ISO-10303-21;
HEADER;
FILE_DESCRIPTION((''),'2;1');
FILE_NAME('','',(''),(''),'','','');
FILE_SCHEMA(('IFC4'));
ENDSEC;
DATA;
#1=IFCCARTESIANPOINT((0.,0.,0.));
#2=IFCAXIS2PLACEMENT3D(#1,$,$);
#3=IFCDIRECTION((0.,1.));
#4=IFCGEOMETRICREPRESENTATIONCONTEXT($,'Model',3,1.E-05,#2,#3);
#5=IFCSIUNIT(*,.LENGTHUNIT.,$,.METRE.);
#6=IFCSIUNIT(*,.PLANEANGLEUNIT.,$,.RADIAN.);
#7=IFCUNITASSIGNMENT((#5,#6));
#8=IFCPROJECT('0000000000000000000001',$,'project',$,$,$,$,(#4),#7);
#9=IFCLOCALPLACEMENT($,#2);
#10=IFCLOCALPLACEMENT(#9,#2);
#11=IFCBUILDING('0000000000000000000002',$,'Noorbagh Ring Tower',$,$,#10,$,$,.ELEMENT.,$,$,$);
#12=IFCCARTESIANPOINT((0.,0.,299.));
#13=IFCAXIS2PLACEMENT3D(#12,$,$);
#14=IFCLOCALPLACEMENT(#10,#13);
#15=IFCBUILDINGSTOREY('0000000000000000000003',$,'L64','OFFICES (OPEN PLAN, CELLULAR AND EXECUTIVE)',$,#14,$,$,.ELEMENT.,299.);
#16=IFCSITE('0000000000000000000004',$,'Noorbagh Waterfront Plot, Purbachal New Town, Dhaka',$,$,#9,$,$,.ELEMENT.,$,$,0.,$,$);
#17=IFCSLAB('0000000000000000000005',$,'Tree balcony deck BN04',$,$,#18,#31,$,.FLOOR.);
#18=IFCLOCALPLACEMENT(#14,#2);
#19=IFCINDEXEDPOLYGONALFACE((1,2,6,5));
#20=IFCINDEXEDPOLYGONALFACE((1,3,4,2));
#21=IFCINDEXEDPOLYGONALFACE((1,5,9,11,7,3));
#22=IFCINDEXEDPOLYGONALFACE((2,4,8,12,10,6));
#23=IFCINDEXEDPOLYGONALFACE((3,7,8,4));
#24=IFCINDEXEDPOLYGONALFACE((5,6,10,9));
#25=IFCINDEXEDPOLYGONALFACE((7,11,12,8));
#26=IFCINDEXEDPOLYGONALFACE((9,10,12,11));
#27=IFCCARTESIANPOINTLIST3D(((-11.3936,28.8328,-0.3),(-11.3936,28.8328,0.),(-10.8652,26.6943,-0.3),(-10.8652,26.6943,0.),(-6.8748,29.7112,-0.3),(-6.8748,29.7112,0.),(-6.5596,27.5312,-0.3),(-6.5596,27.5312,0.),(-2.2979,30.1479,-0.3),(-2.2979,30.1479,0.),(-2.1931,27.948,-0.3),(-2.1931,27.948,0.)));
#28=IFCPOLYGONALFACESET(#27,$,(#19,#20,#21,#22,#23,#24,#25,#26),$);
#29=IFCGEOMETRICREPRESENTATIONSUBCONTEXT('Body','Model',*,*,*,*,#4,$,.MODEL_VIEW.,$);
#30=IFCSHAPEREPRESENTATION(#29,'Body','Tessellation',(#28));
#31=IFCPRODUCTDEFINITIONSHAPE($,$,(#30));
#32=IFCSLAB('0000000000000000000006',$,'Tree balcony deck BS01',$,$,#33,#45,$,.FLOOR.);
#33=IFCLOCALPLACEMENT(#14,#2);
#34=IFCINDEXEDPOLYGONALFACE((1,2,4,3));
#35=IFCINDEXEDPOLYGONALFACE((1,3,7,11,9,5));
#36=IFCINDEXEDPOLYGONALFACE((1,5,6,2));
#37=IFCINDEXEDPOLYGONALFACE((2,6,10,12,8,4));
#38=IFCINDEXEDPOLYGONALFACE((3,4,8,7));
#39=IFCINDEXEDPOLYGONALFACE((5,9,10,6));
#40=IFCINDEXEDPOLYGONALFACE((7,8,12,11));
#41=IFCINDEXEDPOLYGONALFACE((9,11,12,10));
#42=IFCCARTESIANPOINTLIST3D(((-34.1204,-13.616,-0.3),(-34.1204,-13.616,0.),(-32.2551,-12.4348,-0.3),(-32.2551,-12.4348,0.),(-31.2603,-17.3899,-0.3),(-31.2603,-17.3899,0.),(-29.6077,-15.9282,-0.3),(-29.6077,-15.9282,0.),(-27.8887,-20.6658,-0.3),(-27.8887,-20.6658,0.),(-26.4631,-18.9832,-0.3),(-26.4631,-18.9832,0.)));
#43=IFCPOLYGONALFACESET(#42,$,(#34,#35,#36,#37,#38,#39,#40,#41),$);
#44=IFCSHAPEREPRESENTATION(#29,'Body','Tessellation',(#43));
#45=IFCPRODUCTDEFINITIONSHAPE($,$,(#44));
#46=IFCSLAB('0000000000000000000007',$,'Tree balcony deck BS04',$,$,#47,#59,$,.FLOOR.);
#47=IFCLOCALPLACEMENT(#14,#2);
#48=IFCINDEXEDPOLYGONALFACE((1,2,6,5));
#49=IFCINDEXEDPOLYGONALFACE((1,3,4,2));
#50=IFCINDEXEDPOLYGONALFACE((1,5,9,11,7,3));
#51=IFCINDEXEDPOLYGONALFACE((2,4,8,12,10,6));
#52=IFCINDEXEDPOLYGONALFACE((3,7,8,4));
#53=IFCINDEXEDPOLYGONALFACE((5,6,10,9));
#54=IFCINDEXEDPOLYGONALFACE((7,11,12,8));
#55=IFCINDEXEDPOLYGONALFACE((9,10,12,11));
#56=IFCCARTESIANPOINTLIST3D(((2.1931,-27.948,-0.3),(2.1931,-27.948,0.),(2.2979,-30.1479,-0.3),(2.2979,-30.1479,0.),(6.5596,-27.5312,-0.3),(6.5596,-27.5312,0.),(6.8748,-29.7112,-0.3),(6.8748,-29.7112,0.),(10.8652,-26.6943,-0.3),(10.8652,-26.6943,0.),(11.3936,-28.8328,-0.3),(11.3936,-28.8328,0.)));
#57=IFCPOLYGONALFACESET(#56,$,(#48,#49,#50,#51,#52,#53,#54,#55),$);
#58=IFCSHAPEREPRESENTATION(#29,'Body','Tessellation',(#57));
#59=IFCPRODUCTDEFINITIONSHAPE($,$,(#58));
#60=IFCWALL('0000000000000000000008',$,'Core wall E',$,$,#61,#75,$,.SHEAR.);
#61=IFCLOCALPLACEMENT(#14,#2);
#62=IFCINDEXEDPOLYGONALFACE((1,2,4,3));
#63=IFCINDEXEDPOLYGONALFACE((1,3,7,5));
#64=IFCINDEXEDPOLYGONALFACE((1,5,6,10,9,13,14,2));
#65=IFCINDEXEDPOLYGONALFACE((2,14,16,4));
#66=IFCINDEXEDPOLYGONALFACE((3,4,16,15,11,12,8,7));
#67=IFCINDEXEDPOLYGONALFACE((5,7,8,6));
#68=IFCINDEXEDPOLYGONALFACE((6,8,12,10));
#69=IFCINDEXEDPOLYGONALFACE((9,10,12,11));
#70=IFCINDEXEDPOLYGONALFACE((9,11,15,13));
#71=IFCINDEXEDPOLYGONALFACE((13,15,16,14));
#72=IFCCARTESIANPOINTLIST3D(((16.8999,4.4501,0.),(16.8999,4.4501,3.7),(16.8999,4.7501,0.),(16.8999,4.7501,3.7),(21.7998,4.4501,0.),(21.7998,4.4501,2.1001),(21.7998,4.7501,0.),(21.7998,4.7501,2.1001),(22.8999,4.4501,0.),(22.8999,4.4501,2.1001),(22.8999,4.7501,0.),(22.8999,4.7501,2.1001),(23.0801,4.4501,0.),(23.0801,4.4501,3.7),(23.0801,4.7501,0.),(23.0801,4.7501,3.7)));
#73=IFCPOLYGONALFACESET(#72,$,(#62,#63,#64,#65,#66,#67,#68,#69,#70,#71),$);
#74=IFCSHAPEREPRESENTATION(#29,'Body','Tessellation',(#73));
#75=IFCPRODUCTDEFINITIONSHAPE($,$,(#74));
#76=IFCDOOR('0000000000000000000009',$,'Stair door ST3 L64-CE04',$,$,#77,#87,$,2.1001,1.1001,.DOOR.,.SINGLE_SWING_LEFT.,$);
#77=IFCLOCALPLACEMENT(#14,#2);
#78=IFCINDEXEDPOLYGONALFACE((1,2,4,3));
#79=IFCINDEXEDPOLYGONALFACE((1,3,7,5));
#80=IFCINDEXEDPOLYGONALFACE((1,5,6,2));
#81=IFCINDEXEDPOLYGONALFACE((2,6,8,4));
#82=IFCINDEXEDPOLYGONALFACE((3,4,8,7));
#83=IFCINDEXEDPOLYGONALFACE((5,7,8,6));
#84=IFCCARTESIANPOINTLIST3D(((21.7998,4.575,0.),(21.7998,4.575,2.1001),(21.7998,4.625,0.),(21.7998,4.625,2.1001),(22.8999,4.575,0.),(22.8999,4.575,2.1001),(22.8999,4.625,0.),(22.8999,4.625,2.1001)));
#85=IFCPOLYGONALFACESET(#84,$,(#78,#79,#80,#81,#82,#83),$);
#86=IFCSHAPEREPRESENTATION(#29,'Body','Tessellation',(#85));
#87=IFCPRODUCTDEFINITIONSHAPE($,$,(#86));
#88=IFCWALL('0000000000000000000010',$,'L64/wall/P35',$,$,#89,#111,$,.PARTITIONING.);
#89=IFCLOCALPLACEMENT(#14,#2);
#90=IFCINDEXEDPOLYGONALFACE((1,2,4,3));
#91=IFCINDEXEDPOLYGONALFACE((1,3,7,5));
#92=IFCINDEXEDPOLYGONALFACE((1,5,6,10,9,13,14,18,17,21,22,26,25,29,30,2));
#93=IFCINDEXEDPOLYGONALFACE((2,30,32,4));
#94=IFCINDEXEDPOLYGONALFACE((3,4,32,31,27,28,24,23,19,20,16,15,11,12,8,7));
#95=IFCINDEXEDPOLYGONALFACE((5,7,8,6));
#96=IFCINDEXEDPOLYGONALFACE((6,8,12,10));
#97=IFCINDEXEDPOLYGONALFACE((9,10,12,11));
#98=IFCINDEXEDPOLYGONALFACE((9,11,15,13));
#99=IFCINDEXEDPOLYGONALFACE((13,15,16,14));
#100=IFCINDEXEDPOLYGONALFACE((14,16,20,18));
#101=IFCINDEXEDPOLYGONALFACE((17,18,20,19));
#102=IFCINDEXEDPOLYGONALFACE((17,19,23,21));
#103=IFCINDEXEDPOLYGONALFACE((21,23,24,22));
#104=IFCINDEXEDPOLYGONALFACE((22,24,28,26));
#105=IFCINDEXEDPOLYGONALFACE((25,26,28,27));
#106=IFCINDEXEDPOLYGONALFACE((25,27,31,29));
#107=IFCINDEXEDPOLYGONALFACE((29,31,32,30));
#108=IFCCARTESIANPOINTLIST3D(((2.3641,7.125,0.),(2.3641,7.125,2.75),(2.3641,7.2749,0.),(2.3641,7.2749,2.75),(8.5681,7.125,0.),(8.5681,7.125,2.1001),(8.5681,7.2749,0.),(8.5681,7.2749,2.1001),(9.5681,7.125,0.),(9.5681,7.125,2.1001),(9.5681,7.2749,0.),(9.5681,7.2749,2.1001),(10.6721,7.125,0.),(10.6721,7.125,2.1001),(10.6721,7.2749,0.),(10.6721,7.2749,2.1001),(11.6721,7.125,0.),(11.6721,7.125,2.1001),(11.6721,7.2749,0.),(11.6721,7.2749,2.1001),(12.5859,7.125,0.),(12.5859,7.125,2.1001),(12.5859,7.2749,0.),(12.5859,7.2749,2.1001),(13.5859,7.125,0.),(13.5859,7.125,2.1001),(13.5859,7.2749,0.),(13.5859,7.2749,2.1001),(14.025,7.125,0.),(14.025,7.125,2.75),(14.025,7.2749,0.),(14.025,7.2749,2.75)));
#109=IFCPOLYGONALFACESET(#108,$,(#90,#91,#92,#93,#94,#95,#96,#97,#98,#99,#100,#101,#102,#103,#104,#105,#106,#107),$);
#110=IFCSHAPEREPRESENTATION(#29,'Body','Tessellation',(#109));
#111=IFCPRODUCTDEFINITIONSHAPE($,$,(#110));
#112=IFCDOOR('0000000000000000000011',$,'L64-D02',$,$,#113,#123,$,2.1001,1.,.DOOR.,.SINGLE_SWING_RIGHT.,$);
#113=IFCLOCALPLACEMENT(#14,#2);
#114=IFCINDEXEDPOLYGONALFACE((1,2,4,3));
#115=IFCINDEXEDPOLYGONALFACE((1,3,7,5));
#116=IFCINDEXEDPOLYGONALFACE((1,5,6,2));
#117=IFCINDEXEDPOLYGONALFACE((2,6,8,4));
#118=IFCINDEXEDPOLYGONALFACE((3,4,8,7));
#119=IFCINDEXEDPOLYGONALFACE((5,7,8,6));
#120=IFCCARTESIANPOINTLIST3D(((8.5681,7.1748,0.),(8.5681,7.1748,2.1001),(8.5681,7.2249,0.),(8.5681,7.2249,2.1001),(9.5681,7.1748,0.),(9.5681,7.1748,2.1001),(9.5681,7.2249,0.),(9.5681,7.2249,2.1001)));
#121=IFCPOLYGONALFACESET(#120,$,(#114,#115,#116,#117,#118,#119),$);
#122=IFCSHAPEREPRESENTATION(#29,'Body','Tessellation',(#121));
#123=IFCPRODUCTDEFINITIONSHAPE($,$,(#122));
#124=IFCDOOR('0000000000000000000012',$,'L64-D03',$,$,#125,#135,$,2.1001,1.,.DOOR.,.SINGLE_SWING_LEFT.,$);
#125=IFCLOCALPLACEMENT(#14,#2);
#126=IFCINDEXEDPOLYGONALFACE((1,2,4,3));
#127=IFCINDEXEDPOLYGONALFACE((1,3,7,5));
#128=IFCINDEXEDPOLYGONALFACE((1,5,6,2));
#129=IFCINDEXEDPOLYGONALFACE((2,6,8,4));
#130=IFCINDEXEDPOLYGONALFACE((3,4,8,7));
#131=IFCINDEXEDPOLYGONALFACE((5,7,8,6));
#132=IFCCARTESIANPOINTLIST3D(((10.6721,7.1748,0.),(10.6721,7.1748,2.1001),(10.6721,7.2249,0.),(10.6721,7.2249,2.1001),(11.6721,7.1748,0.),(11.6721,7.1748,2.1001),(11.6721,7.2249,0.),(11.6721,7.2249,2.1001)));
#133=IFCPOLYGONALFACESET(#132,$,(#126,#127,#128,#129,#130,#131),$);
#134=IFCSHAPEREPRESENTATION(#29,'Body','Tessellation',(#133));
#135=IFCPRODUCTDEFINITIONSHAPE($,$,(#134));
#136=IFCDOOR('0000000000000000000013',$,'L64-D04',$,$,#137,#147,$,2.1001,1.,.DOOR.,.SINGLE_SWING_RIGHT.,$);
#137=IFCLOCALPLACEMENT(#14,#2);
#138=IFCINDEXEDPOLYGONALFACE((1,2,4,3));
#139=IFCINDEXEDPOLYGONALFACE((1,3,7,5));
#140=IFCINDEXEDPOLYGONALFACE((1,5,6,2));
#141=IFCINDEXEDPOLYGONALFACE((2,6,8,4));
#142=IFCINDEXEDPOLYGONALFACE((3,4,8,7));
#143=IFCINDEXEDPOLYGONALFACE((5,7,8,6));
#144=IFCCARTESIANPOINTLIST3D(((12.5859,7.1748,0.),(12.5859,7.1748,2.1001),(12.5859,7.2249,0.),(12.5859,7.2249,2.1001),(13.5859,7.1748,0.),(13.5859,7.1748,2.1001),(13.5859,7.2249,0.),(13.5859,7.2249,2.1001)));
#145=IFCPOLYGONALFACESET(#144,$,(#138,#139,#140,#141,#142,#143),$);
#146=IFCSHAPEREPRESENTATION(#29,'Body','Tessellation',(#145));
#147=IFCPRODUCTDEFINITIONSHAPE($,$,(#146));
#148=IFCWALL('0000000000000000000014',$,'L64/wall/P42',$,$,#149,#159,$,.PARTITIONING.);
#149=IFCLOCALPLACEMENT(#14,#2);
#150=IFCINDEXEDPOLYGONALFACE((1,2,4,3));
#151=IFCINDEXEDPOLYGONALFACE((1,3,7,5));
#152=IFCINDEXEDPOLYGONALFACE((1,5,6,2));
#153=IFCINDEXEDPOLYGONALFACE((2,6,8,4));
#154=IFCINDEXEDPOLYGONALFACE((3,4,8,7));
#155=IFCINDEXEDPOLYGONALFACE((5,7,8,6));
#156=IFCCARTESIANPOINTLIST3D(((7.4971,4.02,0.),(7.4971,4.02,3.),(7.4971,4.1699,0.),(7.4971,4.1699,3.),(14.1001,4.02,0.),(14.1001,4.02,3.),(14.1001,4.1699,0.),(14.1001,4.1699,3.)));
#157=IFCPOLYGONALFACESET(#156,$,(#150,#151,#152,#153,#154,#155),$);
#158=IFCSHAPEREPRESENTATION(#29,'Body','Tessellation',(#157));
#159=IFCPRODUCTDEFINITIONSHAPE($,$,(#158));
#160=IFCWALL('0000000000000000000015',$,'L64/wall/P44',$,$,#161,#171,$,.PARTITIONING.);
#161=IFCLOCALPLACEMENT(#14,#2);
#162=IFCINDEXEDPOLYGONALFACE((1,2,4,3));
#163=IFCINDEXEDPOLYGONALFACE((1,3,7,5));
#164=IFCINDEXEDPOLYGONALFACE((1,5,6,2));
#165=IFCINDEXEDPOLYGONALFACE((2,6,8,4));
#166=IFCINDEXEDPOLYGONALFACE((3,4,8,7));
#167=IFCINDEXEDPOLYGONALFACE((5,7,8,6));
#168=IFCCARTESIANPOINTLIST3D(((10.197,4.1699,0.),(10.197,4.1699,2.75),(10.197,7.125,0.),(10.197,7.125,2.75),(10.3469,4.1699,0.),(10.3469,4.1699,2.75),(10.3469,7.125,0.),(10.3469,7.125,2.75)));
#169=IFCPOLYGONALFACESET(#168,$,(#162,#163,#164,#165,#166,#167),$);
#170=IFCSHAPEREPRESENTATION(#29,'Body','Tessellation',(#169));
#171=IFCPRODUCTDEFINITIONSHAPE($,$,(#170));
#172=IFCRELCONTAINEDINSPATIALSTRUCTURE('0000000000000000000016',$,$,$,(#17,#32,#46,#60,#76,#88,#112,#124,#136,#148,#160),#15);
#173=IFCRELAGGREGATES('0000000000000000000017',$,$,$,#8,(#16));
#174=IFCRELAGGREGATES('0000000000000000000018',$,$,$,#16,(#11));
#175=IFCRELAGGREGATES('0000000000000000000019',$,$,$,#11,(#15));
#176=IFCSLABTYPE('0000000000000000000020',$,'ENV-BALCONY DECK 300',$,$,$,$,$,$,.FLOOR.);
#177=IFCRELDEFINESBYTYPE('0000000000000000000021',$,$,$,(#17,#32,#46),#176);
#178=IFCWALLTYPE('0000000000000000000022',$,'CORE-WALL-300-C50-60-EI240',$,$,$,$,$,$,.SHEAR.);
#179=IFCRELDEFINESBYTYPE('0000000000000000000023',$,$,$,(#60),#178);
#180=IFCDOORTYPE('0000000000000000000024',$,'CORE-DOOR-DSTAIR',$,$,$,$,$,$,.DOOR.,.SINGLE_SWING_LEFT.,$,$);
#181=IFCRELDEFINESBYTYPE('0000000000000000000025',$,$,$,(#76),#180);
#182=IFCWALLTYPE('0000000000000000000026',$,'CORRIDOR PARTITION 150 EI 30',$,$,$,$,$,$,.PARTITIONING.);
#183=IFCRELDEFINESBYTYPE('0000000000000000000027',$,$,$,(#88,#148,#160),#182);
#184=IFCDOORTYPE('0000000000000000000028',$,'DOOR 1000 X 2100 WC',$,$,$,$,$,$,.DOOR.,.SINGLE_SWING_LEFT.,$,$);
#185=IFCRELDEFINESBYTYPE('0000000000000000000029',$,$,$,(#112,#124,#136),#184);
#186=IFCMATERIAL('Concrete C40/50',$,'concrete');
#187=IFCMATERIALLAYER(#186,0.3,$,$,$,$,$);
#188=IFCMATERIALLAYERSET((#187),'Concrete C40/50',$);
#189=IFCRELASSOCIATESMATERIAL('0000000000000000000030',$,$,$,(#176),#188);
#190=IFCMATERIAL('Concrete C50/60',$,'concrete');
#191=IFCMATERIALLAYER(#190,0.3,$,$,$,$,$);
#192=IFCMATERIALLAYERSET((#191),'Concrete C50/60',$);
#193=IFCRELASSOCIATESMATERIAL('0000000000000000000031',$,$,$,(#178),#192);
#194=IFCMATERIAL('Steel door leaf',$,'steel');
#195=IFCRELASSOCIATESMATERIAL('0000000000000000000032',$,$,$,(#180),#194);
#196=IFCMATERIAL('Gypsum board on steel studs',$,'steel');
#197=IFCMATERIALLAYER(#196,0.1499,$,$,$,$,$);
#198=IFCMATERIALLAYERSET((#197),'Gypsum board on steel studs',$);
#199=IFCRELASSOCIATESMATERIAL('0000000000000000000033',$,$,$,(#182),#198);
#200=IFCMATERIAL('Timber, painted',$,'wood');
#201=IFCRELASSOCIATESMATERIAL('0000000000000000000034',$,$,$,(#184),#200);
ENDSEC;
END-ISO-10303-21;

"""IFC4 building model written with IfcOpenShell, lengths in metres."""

from ifc_helpers import new_model, si_unit, direction, frame, frame_2d, origin, place, context, subcontext, project, spatial, polyline, rectangle, outline, extrude, material, layer, layer_set, type_object, element, fill, save


model = new_model("IFC4")

# Units and contexts
model_context = context("Model", 3, precision=1e-05, world=origin(), true_north=direction((0.0, 1.0)))
body_context = subcontext(model_context, "Body", "Model", "MODEL_VIEW")
ifc_project = project(units=[si_unit("LENGTHUNIT", "METRE"), si_unit("PLANEANGLEUNIT", "RADIAN")], contexts=[model_context])

# Site, building, storey
site_placement = place(None, origin())
site = spatial("IfcSite", under=ifc_project, at=site_placement, Name="Noorbagh Waterfront Plot, Purbachal New Town, Dhaka", CompositionType="ELEMENT", RefElevation=0.0)
building_placement = place(site_placement, origin())
building = spatial("IfcBuilding", under=site, at=building_placement, Name="Noorbagh Ring Tower", CompositionType="ELEMENT")
storey_placement = place(building_placement, frame((0.0, 0.0, 299.0)))
storey = spatial("IfcBuildingStorey", under=building, at=storey_placement, Name="L64", Description="OFFICES (OPEN PLAN, CELLULAR AND EXECUTIVE)", CompositionType="ELEMENT", Elevation=299.0)

# Slabs
ifc_material_1 = material(Name="Concrete C40/50", Category="concrete")
ifc_layer_1 = layer(ifc_material_1, 0.3)
ifc_layer_set_1 = layer_set([ifc_layer_1], Name="Concrete C40/50")
slab_type = type_object("IfcSlabType", Name="ENV-BALCONY DECK 300", PredefinedType="FLOOR", material=ifc_layer_set_1)
slab_1_placement = place(storey_placement, frame((0.0, 0.0, -0.3)))
element("IfcSlab", 1, at=slab_1_placement, inside=storey, type_object=slab_type, Name="Tree balcony deck BN04", PredefinedType="FLOOR", context=body_context, shape_type="SweptSolid", body=[
    extrude(outline(polyline([(-2.2979, 30.1479), (-6.8748, 29.7112), (-11.3936, 28.8328), (-10.8652, 26.6943), (-6.5596, 27.5312), (-2.1931, 27.948), (-2.2979, 30.1479)])), origin(), (0.0, 0.0, 1.0), 0.3),
])
slab_2_placement = place(storey_placement, frame((0.0, 0.0, -0.3)))
element("IfcSlab", 2, at=slab_2_placement, inside=storey, type_object=slab_type, Name="Tree balcony deck BS01", PredefinedType="FLOOR", context=body_context, shape_type="SweptSolid", body=[
    extrude(outline(polyline([(-34.1204, -13.616), (-31.2603, -17.3899), (-27.8887, -20.6658), (-26.4631, -18.9832), (-29.6077, -15.9282), (-32.2551, -12.4348), (-34.1204, -13.616)])), origin(), (0.0, 0.0, 1.0), 0.3),
])
slab_3_placement = place(storey_placement, frame((0.0, 0.0, -0.3)))
element("IfcSlab", 3, at=slab_3_placement, inside=storey, type_object=slab_type, Name="Tree balcony deck BS04", PredefinedType="FLOOR", context=body_context, shape_type="SweptSolid", body=[
    extrude(outline(polyline([(2.2979, -30.1479), (6.8748, -29.7112), (11.3936, -28.8328), (10.8652, -26.6943), (6.5596, -27.5312), (2.1931, -27.948), (2.2979, -30.1479)])), origin(), (0.0, 0.0, 1.0), 0.3),
])

# Wall, opening, door
ifc_material_2 = material(Name="Concrete C50/60", Category="concrete")
ifc_layer_2 = layer(ifc_material_2, 0.3)
ifc_layer_set_2 = layer_set([ifc_layer_2], Name="Concrete C50/60")
wall_type_1 = type_object("IfcWallType", Name="CORE-WALL-300-C50-60-EI240", PredefinedType="SHEAR", material=ifc_layer_set_2)
wall_1_placement = place(storey_placement, frame((16.8999, 4.6001, 0.0), z_axis=(0.0, 0.0, 1.0), x_axis=(1.0, 0.0, 0.0)))
wall_1 = element("IfcWall", 4, at=wall_1_placement, inside=storey, type_object=wall_type_1, Name="Core wall E", PredefinedType="SHEAR", context=body_context, shape_type="SweptSolid", body=[
    extrude(rectangle(XDim=6.1802, YDim=0.3, at=frame_2d((3.0901, 0.0))), origin(), (0.0, 0.0, 1.0), 3.7),
])
opening_1_placement = place(wall_1_placement, frame((4.8999, 0.0, 0.0)))
opening_1 = element("IfcOpeningElement", 5, at=opening_1_placement, cuts=wall_1, PredefinedType="OPENING", context=body_context, shape_type="SweptSolid", body=[
    extrude(rectangle(XDim=1.1001, YDim=2.1001, at=frame_2d((0.55, 1.05))), frame((0.0, 0.1602, 0.0), z_axis=(0.0, -1.0, 0.0), x_axis=(1.0, 0.0, 0.0)), (0.0, 0.0, 1.0), 0.3201),
])
ifc_material_3 = material(Name="Steel door leaf", Category="steel")
door_type_1 = type_object("IfcDoorType", Name="CORE-DOOR-DSTAIR", OperationType="SINGLE_SWING_LEFT", PredefinedType="DOOR", material=ifc_material_3)
door_1_placement = place(opening_1_placement, origin())
door_1 = element("IfcDoor", 6, at=door_1_placement, inside=storey, type_object=door_type_1, Name="Stair door ST3 L64-CE04", OperationType="SINGLE_SWING_LEFT", OverallHeight=2.1001, OverallWidth=1.1001, PredefinedType="DOOR", context=body_context, shape_type="SweptSolid", body=[
    extrude(rectangle(XDim=1.1001, YDim=2.1001, at=frame_2d((0.55, 1.05))), frame((0.0, 0.0249, 0.0), z_axis=(0.0, -1.0, 0.0), x_axis=(1.0, 0.0, 0.0)), (0.0, 0.0, 1.0), 0.05),
])
fill(opening_1, door_1)

# Wall, openings, doors
ifc_material_4 = material(Name="Gypsum board on steel studs", Category="steel")
ifc_layer_3 = layer(ifc_material_4, 0.1499)
ifc_layer_set_3 = layer_set([ifc_layer_3], Name="Gypsum board on steel studs")
wall_type_2 = type_object("IfcWallType", Name="CORRIDOR PARTITION 150 EI 30", PredefinedType="PARTITIONING", material=ifc_layer_set_3)
wall_2_placement = place(storey_placement, frame((2.364, 7.2, 0.0), z_axis=(0.0, 0.0, 1.0), x_axis=(1.0, 0.0, 0.0)))
wall_2 = element("IfcWall", 7, at=wall_2_placement, inside=storey, type_object=wall_type_2, Name="L64/wall/P35", PredefinedType="PARTITIONING", context=body_context, shape_type="SweptSolid", body=[
    extrude(rectangle(XDim=11.6609, YDim=0.1499, at=frame_2d((5.8306, 0.0))), origin(), (0.0, 0.0, 1.0), 2.75),
])
opening_2_placement = place(wall_2_placement, frame((6.2041, 0.0, 0.0)))
opening_2 = element("IfcOpeningElement", 8, at=opening_2_placement, cuts=wall_2, PredefinedType="OPENING", context=body_context, shape_type="SweptSolid", body=[
    extrude(rectangle(XDim=1.0, YDim=2.1001, at=frame_2d((0.5, 1.05))), frame((0.0, 0.085, 0.0), z_axis=(0.0, -1.0, 0.0), x_axis=(1.0, 0.0, 0.0)), (0.0, 0.0, 1.0), 0.1699),
])
opening_3_placement = place(wall_2_placement, frame((8.3081, 0.0, 0.0)))
opening_3 = element("IfcOpeningElement", 9, at=opening_3_placement, cuts=wall_2, PredefinedType="OPENING", context=body_context, shape_type="SweptSolid", body=[
    extrude(rectangle(XDim=1.0, YDim=2.1001, at=frame_2d((0.5, 1.05))), frame((0.0, 0.085, 0.0), z_axis=(0.0, -1.0, 0.0), x_axis=(1.0, 0.0, 0.0)), (0.0, 0.0, 1.0), 0.1699),
])
opening_4_placement = place(wall_2_placement, frame((10.2219, 0.0, 0.0)))
opening_4 = element("IfcOpeningElement", 10, at=opening_4_placement, cuts=wall_2, PredefinedType="OPENING", context=body_context, shape_type="SweptSolid", body=[
    extrude(rectangle(XDim=1.0, YDim=2.1001, at=frame_2d((0.5, 1.05))), frame((0.0, 0.085, 0.0), z_axis=(0.0, -1.0, 0.0), x_axis=(1.0, 0.0, 0.0)), (0.0, 0.0, 1.0), 0.1699),
])
ifc_material_5 = material(Name="Timber, painted", Category="wood")
door_type_2 = type_object("IfcDoorType", Name="DOOR 1000 X 2100 WC", OperationType="SINGLE_SWING_LEFT", PredefinedType="DOOR", material=ifc_material_5)
door_2_placement = place(opening_2_placement, origin())
door_2 = element("IfcDoor", 11, at=door_2_placement, inside=storey, type_object=door_type_2, Name="L64-D02", OperationType="SINGLE_SWING_RIGHT", OverallHeight=2.1001, OverallWidth=1.0, PredefinedType="DOOR", context=body_context, shape_type="SweptSolid", body=[
    extrude(rectangle(XDim=1.0, YDim=2.1001, at=frame_2d((0.5, 1.05))), frame((0.0, 0.0249, 0.0), z_axis=(0.0, -1.0, 0.0), x_axis=(1.0, 0.0, 0.0)), (0.0, 0.0, 1.0), 0.05),
])
fill(opening_2, door_2)
door_3_placement = place(opening_3_placement, origin())
door_3 = element("IfcDoor", 12, at=door_3_placement, inside=storey, type_object=door_type_2, Name="L64-D03", OperationType="SINGLE_SWING_LEFT", OverallHeight=2.1001, OverallWidth=1.0, PredefinedType="DOOR", context=body_context, shape_type="SweptSolid", body=[
    extrude(rectangle(XDim=1.0, YDim=2.1001, at=frame_2d((0.5, 1.05))), frame((0.0, 0.0249, 0.0), z_axis=(0.0, -1.0, 0.0), x_axis=(1.0, 0.0, 0.0)), (0.0, 0.0, 1.0), 0.05),
])
fill(opening_3, door_3)
door_4_placement = place(opening_4_placement, origin())
door_4 = element("IfcDoor", 13, at=door_4_placement, inside=storey, type_object=door_type_2, Name="L64-D04", OperationType="SINGLE_SWING_RIGHT", OverallHeight=2.1001, OverallWidth=1.0, PredefinedType="DOOR", context=body_context, shape_type="SweptSolid", body=[
    extrude(rectangle(XDim=1.0, YDim=2.1001, at=frame_2d((0.5, 1.05))), frame((0.0, 0.0249, 0.0), z_axis=(0.0, -1.0, 0.0), x_axis=(1.0, 0.0, 0.0)), (0.0, 0.0, 1.0), 0.05),
])
fill(opening_4, door_4)

# Walls
wall_3_placement = place(storey_placement, frame((7.4971, 4.095, 0.0), z_axis=(0.0, 0.0, 1.0), x_axis=(1.0, 0.0, 0.0)))
element("IfcWall", 14, at=wall_3_placement, inside=storey, type_object=wall_type_2, Name="L64/wall/P42", PredefinedType="PARTITIONING", context=body_context, shape_type="SweptSolid", body=[
    extrude(rectangle(XDim=6.603, YDim=0.1499, at=frame_2d((3.3015, 0.0))), origin(), (0.0, 0.0, 1.0), 3.0),
])
for number, where, z_axis, x_axis, name in (
    (15, (10.272, 4.1699, 0.0), (0.0, 0.0, 1.0), (0.0, 1.0, 0.0), "L64/wall/P44"),
):
    element("IfcWall", number, at=place(storey_placement, frame(where, z_axis=z_axis, x_axis=x_axis)), inside=storey, type_object=wall_type_2, Name=name, PredefinedType="PARTITIONING", context=body_context, shape_type="SweptSolid", body=[
        extrude(rectangle(XDim=2.9551, YDim=0.1499, at=frame_2d((1.4775, 0.0))), origin(), (0.0, 0.0, 1.0), 2.75),
    ])

save(model, "model.ifc")
